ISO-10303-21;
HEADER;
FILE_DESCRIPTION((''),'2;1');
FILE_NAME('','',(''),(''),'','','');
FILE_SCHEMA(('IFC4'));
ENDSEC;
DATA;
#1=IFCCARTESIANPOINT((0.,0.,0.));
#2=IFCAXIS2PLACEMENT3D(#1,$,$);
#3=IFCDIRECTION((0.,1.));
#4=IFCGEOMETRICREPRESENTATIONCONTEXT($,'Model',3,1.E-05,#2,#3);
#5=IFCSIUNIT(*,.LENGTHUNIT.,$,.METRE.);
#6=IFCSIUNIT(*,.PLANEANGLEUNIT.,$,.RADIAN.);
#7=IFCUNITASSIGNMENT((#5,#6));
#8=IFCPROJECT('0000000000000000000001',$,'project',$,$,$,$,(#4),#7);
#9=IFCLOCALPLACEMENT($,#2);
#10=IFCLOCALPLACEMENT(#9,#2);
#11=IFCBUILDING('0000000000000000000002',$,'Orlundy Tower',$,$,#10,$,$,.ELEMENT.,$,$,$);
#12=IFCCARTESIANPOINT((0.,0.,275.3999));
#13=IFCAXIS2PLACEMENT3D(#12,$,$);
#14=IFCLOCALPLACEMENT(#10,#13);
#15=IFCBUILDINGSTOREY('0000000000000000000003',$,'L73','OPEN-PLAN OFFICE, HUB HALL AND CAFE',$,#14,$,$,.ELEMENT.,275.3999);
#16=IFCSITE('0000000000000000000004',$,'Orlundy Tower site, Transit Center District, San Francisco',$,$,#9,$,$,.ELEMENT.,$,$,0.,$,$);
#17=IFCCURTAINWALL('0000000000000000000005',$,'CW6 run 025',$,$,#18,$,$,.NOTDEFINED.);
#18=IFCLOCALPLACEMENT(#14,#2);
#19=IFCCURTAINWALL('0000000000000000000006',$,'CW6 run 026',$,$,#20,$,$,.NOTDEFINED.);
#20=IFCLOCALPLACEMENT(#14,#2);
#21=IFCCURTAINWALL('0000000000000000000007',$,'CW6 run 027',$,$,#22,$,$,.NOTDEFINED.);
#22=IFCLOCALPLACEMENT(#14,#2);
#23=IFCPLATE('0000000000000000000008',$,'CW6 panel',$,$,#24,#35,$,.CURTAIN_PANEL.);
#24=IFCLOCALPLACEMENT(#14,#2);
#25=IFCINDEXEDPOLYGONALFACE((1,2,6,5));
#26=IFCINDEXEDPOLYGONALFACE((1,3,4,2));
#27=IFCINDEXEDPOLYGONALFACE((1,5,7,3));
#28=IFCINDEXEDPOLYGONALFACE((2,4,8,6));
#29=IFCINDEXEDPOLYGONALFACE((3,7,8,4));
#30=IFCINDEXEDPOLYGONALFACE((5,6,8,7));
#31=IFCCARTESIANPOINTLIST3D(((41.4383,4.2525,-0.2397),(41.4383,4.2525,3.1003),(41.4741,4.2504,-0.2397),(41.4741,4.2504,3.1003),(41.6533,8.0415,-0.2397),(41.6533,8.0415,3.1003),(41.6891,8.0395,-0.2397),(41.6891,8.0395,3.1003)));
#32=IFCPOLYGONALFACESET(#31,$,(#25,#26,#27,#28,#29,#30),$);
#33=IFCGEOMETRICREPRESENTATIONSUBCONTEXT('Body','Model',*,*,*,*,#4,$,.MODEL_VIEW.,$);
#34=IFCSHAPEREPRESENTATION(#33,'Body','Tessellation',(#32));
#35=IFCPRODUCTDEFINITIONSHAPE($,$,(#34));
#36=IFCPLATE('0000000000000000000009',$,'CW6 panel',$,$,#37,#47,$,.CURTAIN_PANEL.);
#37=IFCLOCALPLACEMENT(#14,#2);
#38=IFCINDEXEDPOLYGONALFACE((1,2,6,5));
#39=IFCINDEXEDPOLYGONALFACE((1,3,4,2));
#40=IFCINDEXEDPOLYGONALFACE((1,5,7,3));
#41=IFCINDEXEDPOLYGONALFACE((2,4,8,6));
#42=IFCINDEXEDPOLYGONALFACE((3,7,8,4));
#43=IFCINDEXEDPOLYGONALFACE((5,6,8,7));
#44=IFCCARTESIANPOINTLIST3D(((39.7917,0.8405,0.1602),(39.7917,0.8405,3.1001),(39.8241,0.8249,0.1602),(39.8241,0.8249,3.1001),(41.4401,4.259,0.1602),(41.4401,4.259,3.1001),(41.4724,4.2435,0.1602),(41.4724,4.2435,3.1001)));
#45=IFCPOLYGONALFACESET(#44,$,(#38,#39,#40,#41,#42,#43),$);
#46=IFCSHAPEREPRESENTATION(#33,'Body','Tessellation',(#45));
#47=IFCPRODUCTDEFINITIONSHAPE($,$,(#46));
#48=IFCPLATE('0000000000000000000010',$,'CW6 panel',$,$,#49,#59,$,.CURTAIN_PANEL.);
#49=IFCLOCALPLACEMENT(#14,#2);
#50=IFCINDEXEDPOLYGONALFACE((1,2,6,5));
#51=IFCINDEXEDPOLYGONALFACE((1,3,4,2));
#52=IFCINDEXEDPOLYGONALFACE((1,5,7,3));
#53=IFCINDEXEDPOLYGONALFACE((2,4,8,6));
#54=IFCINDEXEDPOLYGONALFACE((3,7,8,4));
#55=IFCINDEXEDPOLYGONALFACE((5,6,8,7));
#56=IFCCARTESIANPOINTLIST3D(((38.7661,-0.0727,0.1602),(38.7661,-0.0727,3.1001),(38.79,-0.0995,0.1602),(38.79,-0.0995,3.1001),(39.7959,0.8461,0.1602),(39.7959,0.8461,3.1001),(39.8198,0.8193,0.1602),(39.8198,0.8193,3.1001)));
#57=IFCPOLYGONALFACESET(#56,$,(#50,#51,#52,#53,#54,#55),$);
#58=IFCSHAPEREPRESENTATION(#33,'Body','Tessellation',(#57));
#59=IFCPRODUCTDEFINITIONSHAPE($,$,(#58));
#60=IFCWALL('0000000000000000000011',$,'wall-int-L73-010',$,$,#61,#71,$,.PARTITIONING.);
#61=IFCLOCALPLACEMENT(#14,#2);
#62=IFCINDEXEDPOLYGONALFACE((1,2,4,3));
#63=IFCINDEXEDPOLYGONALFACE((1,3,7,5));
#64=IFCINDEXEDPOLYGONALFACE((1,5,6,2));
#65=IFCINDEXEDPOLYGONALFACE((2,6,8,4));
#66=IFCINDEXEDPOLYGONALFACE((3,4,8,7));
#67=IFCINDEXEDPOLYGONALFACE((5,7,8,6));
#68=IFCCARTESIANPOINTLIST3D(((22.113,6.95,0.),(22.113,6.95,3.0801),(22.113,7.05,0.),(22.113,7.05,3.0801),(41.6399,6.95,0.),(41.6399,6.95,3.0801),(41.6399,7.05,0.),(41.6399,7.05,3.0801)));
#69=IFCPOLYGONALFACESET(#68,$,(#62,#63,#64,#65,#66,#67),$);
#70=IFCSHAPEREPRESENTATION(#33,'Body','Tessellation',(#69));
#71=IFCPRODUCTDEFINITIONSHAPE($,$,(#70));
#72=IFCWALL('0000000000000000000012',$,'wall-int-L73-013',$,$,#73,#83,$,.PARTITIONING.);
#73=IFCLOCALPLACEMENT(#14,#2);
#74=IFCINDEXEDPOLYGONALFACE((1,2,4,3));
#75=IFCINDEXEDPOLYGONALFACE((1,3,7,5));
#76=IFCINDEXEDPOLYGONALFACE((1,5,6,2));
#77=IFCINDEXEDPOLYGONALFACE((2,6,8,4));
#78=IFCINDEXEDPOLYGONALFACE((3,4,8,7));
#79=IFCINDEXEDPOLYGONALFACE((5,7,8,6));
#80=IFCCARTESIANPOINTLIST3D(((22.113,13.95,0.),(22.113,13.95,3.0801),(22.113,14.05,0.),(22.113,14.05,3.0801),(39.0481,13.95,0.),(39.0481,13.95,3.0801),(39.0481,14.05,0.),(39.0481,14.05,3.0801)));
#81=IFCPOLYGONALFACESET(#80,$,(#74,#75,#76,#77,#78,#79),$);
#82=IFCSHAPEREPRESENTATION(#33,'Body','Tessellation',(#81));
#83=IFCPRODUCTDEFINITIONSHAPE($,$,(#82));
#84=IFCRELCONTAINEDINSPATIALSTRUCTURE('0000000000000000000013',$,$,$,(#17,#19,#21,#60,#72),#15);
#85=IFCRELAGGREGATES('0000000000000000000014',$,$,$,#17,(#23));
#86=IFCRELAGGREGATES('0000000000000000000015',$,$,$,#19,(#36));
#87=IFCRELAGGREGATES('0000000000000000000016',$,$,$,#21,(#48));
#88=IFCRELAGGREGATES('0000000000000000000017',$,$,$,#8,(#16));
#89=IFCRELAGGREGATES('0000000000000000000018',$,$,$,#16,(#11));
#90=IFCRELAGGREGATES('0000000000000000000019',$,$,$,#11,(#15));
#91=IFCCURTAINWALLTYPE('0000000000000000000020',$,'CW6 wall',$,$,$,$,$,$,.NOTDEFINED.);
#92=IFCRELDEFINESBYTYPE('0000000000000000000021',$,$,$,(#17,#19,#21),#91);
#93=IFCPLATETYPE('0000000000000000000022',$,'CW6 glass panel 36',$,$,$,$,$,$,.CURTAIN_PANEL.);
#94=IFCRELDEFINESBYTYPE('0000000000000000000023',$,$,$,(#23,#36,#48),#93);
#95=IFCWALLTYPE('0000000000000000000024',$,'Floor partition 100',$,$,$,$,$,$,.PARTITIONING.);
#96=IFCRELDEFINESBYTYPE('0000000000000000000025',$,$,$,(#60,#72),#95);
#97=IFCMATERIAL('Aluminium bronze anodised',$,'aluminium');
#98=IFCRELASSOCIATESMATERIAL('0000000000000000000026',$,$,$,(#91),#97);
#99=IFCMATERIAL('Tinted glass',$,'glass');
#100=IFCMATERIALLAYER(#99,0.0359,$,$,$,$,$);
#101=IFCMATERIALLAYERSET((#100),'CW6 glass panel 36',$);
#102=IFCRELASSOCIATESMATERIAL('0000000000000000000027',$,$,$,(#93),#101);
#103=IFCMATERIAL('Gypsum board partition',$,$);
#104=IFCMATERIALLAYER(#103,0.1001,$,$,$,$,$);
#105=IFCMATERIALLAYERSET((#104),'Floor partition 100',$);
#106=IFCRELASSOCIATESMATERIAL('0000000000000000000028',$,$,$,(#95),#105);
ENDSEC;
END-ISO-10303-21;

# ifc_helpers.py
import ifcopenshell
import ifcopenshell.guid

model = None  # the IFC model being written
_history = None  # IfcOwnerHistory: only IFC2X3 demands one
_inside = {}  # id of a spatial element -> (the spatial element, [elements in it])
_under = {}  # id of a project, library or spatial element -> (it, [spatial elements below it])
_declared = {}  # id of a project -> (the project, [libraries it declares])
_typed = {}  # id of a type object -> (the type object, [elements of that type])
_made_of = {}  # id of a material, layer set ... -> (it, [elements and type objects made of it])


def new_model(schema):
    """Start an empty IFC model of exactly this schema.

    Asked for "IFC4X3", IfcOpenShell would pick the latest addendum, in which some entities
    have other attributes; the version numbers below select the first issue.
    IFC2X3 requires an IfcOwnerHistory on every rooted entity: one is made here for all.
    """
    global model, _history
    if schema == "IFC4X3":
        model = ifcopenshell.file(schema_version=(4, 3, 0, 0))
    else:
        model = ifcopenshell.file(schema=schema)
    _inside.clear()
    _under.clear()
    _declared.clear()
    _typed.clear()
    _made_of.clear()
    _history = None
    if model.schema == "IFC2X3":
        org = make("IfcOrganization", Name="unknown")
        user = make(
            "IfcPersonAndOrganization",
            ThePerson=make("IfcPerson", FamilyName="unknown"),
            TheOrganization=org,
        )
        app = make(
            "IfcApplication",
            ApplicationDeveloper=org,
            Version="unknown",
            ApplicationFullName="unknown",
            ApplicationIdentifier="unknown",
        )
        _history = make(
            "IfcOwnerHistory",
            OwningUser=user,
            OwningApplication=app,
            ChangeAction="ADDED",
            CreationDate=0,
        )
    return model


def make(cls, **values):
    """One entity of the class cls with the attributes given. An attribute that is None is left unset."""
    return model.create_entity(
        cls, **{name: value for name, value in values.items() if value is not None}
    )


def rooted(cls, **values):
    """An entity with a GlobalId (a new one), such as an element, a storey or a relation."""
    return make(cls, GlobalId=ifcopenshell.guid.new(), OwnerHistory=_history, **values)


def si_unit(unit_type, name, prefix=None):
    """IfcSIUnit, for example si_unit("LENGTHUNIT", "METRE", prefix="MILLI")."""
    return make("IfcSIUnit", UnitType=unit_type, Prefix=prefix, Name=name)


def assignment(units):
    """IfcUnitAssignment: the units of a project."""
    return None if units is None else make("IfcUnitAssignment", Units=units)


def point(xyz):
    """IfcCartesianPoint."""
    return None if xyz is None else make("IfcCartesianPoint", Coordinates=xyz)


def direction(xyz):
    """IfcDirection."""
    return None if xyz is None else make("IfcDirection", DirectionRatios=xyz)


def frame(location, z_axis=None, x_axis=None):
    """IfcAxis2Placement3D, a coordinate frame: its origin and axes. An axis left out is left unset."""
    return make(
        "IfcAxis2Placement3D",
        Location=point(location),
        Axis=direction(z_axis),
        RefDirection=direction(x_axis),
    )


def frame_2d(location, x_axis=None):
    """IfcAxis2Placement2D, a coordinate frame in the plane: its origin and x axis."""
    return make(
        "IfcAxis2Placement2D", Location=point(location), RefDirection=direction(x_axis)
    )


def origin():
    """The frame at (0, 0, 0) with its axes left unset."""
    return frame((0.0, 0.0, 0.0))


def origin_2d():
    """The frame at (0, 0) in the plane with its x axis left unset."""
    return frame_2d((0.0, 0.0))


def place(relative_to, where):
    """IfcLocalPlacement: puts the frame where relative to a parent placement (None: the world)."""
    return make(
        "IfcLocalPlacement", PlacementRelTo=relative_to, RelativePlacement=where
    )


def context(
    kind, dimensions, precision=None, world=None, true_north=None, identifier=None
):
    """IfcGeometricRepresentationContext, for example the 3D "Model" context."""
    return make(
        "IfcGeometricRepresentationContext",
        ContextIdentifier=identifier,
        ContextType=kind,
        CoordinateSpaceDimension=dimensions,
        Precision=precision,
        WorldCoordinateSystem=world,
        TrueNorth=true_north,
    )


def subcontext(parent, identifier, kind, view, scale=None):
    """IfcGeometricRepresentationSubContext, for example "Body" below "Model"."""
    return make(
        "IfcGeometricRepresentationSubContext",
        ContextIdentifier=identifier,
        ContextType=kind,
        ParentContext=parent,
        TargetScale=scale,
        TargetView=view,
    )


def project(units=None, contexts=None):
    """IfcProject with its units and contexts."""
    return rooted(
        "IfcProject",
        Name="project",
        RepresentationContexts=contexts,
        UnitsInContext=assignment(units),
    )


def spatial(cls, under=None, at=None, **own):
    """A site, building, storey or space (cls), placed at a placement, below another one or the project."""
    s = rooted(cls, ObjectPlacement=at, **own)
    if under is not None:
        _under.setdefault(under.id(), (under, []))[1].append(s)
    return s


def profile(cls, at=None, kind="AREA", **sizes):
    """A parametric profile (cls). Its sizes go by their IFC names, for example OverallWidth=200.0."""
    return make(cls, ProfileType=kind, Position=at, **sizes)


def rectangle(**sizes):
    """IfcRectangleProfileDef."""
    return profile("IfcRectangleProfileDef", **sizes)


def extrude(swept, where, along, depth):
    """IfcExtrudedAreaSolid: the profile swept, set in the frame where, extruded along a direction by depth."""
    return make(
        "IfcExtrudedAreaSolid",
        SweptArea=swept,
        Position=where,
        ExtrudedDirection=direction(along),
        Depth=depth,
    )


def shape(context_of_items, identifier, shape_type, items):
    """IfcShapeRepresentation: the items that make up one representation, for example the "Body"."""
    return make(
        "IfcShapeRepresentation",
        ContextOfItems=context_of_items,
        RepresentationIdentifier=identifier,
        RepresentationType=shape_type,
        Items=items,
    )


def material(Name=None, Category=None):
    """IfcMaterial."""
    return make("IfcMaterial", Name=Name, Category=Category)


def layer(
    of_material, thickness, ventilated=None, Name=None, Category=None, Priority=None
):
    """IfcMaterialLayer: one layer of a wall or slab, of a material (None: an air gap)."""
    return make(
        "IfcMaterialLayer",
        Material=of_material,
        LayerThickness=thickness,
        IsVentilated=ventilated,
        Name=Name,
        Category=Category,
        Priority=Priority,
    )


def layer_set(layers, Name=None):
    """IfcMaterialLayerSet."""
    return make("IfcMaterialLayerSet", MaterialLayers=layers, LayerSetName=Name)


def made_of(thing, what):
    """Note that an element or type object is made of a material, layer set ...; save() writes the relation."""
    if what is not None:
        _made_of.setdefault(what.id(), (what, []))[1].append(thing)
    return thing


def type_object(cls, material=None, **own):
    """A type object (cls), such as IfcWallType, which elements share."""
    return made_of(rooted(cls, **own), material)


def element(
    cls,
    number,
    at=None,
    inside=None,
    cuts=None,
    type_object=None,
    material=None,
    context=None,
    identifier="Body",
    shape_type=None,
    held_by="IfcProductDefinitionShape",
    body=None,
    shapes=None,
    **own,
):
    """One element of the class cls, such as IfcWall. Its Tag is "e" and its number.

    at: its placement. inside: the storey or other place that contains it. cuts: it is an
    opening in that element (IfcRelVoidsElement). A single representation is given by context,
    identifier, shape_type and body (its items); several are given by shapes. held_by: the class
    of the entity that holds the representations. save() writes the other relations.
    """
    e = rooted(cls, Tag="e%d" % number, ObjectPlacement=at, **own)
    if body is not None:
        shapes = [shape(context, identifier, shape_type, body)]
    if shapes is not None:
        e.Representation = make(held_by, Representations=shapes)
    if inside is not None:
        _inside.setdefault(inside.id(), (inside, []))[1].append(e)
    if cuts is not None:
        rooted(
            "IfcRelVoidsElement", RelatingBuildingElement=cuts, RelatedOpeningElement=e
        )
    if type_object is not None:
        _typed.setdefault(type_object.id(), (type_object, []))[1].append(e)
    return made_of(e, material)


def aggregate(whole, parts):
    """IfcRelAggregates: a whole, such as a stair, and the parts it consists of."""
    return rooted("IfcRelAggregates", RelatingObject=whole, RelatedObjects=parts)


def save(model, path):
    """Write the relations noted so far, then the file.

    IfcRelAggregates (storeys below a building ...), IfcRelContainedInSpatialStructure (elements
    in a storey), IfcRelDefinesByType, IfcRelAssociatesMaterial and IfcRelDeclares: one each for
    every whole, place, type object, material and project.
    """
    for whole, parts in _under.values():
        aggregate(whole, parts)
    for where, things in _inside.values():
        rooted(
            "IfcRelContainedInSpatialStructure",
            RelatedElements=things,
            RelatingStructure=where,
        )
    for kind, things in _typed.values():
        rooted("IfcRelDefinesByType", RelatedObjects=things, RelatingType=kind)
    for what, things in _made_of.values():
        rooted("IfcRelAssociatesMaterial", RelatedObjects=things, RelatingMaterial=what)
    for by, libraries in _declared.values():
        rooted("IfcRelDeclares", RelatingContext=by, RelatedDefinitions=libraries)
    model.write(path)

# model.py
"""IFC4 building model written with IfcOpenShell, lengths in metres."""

from ifc_helpers import new_model, si_unit, direction, frame, frame_2d, origin, origin_2d, place, context, subcontext, project, spatial, rectangle, extrude, material, layer, layer_set, type_object, element, aggregate, save


model = new_model("IFC4")

# Units and contexts
model_context = context("Model", 3, precision=1e-05, world=origin(), true_north=direction((0.0, 1.0)))
body_context = subcontext(model_context, "Body", "Model", "MODEL_VIEW")
ifc_project = project(units=[si_unit("LENGTHUNIT", "METRE"), si_unit("PLANEANGLEUNIT", "RADIAN")], contexts=[model_context])

# Site, building, storey
site_placement = place(None, origin())
site = spatial("IfcSite", under=ifc_project, at=site_placement, Name="Orlundy Tower site, Transit Center District, San Francisco", CompositionType="ELEMENT", RefElevation=0.0)
building_placement = place(site_placement, origin())
building = spatial("IfcBuilding", under=site, at=building_placement, Name="Orlundy Tower", CompositionType="ELEMENT")
storey_placement = place(building_placement, frame((0.0, 0.0, 275.3999)))
storey = spatial("IfcBuildingStorey", under=building, at=storey_placement, Name="L73", Description="OPEN-PLAN OFFICE, HUB HALL AND CAFE", CompositionType="ELEMENT", Elevation=275.3999)

# Curtain walls
ifc_material_1 = material(Name="Aluminium bronze anodised", Category="aluminium")
curtain_wall_type = type_object("IfcCurtainWallType", Name="CW6 wall", PredefinedType="NOTDEFINED", material=ifc_material_1)
curtain_wall_1_placement = place(storey_placement, origin())
curtain_wall_1 = element("IfcCurtainWall", 1, at=curtain_wall_1_placement, inside=storey, type_object=curtain_wall_type, Name="CW6 run 025", PredefinedType="NOTDEFINED")
curtain_wall_2_placement = place(storey_placement, origin())
curtain_wall_2 = element("IfcCurtainWall", 2, at=curtain_wall_2_placement, inside=storey, type_object=curtain_wall_type, Name="CW6 run 026", PredefinedType="NOTDEFINED")
curtain_wall_3_placement = place(storey_placement, origin())
curtain_wall_3 = element("IfcCurtainWall", 3, at=curtain_wall_3_placement, inside=storey, type_object=curtain_wall_type, Name="CW6 run 027", PredefinedType="NOTDEFINED")

# Shared definitions
ifc_material_2 = material(Name="Tinted glass", Category="glass")
ifc_layer_1 = layer(ifc_material_2, 0.0359)
ifc_layer_set_1 = layer_set([ifc_layer_1], Name="CW6 glass panel 36")
plate_type = type_object("IfcPlateType", Name="CW6 glass panel 36", PredefinedType="CURTAIN_PANEL", material=ifc_layer_set_1)

# Plates
plate_1_placement = place(storey_placement, frame((41.5637, 6.146, -0.2397), z_axis=(0.0, 0.0, 1.0), x_axis=(-0.05665, -0.998394, 0.0)))
plate_1 = element("IfcPlate", 4, at=plate_1_placement, type_object=plate_type, Name="CW6 panel", PredefinedType="CURTAIN_PANEL", context=body_context, shape_type="SweptSolid", body=[
    extrude(rectangle(XDim=3.7952, YDim=0.0359, at=origin_2d()), origin(), (0.0, 0.0, 1.0), 3.3401),
])
aggregate(curtain_wall_1, [plate_1])
plate_2_placement = place(storey_placement, frame((40.6321, 2.542, 0.1602), z_axis=(0.0, 0.0, 1.0), x_axis=(-0.434327, -0.900755, 0.0)))
plate_2 = element("IfcPlate", 5, at=plate_2_placement, type_object=plate_type, Name="CW6 panel", PredefinedType="CURTAIN_PANEL", context=body_context, shape_type="SweptSolid", body=[
    extrude(rectangle(XDim=3.7952, YDim=0.0359, at=origin_2d()), origin(), (0.0, 0.0, 1.0), 2.9399),
])
aggregate(curtain_wall_2, [plate_2])
plate_3_placement = place(storey_placement, frame((39.293, 0.3733, 0.1602), z_axis=(0.0, 0.0, 1.0), x_axis=(-0.746158, -0.665769, 0.0)))
plate_3 = element("IfcPlate", 6, at=plate_3_placement, type_object=plate_type, Name="CW6 panel", PredefinedType="CURTAIN_PANEL", context=body_context, shape_type="SweptSolid", body=[
    extrude(rectangle(XDim=1.3801, YDim=0.0359, at=origin_2d()), origin(), (0.0, 0.0, 1.0), 2.9399),
])
aggregate(curtain_wall_3, [plate_3])

# Walls
ifc_material_3 = material(Name="Gypsum board partition")
ifc_layer_2 = layer(ifc_material_3, 0.1001)
ifc_layer_set_2 = layer_set([ifc_layer_2], Name="Floor partition 100")
wall_type = type_object("IfcWallType", Name="Floor partition 100", PredefinedType="PARTITIONING", material=ifc_layer_set_2)
wall_1_placement = place(storey_placement, frame((22.113, 7.0, 0.0), z_axis=(0.0, 0.0, 1.0), x_axis=(1.0, 0.0, 0.0)))
element("IfcWall", 7, at=wall_1_placement, inside=storey, type_object=wall_type, Name="wall-int-L73-010", PredefinedType="PARTITIONING", context=body_context, shape_type="SweptSolid", body=[
    extrude(rectangle(XDim=19.5269, YDim=0.1001, at=frame_2d((9.7634, 0.0))), origin(), (0.0, 0.0, 1.0), 3.0801),
])
wall_2_placement = place(storey_placement, frame((22.113, 14.0, 0.0), z_axis=(0.0, 0.0, 1.0), x_axis=(1.0, 0.0, 0.0)))
element("IfcWall", 8, at=wall_2_placement, inside=storey, type_object=wall_type, Name="wall-int-L73-013", PredefinedType="PARTITIONING", context=body_context, shape_type="SweptSolid", body=[
    extrude(rectangle(XDim=16.9351, YDim=0.1001, at=frame_2d((8.4675, 0.0))), origin(), (0.0, 0.0, 1.0), 3.0801),
])

save(model, "model.ifc")
